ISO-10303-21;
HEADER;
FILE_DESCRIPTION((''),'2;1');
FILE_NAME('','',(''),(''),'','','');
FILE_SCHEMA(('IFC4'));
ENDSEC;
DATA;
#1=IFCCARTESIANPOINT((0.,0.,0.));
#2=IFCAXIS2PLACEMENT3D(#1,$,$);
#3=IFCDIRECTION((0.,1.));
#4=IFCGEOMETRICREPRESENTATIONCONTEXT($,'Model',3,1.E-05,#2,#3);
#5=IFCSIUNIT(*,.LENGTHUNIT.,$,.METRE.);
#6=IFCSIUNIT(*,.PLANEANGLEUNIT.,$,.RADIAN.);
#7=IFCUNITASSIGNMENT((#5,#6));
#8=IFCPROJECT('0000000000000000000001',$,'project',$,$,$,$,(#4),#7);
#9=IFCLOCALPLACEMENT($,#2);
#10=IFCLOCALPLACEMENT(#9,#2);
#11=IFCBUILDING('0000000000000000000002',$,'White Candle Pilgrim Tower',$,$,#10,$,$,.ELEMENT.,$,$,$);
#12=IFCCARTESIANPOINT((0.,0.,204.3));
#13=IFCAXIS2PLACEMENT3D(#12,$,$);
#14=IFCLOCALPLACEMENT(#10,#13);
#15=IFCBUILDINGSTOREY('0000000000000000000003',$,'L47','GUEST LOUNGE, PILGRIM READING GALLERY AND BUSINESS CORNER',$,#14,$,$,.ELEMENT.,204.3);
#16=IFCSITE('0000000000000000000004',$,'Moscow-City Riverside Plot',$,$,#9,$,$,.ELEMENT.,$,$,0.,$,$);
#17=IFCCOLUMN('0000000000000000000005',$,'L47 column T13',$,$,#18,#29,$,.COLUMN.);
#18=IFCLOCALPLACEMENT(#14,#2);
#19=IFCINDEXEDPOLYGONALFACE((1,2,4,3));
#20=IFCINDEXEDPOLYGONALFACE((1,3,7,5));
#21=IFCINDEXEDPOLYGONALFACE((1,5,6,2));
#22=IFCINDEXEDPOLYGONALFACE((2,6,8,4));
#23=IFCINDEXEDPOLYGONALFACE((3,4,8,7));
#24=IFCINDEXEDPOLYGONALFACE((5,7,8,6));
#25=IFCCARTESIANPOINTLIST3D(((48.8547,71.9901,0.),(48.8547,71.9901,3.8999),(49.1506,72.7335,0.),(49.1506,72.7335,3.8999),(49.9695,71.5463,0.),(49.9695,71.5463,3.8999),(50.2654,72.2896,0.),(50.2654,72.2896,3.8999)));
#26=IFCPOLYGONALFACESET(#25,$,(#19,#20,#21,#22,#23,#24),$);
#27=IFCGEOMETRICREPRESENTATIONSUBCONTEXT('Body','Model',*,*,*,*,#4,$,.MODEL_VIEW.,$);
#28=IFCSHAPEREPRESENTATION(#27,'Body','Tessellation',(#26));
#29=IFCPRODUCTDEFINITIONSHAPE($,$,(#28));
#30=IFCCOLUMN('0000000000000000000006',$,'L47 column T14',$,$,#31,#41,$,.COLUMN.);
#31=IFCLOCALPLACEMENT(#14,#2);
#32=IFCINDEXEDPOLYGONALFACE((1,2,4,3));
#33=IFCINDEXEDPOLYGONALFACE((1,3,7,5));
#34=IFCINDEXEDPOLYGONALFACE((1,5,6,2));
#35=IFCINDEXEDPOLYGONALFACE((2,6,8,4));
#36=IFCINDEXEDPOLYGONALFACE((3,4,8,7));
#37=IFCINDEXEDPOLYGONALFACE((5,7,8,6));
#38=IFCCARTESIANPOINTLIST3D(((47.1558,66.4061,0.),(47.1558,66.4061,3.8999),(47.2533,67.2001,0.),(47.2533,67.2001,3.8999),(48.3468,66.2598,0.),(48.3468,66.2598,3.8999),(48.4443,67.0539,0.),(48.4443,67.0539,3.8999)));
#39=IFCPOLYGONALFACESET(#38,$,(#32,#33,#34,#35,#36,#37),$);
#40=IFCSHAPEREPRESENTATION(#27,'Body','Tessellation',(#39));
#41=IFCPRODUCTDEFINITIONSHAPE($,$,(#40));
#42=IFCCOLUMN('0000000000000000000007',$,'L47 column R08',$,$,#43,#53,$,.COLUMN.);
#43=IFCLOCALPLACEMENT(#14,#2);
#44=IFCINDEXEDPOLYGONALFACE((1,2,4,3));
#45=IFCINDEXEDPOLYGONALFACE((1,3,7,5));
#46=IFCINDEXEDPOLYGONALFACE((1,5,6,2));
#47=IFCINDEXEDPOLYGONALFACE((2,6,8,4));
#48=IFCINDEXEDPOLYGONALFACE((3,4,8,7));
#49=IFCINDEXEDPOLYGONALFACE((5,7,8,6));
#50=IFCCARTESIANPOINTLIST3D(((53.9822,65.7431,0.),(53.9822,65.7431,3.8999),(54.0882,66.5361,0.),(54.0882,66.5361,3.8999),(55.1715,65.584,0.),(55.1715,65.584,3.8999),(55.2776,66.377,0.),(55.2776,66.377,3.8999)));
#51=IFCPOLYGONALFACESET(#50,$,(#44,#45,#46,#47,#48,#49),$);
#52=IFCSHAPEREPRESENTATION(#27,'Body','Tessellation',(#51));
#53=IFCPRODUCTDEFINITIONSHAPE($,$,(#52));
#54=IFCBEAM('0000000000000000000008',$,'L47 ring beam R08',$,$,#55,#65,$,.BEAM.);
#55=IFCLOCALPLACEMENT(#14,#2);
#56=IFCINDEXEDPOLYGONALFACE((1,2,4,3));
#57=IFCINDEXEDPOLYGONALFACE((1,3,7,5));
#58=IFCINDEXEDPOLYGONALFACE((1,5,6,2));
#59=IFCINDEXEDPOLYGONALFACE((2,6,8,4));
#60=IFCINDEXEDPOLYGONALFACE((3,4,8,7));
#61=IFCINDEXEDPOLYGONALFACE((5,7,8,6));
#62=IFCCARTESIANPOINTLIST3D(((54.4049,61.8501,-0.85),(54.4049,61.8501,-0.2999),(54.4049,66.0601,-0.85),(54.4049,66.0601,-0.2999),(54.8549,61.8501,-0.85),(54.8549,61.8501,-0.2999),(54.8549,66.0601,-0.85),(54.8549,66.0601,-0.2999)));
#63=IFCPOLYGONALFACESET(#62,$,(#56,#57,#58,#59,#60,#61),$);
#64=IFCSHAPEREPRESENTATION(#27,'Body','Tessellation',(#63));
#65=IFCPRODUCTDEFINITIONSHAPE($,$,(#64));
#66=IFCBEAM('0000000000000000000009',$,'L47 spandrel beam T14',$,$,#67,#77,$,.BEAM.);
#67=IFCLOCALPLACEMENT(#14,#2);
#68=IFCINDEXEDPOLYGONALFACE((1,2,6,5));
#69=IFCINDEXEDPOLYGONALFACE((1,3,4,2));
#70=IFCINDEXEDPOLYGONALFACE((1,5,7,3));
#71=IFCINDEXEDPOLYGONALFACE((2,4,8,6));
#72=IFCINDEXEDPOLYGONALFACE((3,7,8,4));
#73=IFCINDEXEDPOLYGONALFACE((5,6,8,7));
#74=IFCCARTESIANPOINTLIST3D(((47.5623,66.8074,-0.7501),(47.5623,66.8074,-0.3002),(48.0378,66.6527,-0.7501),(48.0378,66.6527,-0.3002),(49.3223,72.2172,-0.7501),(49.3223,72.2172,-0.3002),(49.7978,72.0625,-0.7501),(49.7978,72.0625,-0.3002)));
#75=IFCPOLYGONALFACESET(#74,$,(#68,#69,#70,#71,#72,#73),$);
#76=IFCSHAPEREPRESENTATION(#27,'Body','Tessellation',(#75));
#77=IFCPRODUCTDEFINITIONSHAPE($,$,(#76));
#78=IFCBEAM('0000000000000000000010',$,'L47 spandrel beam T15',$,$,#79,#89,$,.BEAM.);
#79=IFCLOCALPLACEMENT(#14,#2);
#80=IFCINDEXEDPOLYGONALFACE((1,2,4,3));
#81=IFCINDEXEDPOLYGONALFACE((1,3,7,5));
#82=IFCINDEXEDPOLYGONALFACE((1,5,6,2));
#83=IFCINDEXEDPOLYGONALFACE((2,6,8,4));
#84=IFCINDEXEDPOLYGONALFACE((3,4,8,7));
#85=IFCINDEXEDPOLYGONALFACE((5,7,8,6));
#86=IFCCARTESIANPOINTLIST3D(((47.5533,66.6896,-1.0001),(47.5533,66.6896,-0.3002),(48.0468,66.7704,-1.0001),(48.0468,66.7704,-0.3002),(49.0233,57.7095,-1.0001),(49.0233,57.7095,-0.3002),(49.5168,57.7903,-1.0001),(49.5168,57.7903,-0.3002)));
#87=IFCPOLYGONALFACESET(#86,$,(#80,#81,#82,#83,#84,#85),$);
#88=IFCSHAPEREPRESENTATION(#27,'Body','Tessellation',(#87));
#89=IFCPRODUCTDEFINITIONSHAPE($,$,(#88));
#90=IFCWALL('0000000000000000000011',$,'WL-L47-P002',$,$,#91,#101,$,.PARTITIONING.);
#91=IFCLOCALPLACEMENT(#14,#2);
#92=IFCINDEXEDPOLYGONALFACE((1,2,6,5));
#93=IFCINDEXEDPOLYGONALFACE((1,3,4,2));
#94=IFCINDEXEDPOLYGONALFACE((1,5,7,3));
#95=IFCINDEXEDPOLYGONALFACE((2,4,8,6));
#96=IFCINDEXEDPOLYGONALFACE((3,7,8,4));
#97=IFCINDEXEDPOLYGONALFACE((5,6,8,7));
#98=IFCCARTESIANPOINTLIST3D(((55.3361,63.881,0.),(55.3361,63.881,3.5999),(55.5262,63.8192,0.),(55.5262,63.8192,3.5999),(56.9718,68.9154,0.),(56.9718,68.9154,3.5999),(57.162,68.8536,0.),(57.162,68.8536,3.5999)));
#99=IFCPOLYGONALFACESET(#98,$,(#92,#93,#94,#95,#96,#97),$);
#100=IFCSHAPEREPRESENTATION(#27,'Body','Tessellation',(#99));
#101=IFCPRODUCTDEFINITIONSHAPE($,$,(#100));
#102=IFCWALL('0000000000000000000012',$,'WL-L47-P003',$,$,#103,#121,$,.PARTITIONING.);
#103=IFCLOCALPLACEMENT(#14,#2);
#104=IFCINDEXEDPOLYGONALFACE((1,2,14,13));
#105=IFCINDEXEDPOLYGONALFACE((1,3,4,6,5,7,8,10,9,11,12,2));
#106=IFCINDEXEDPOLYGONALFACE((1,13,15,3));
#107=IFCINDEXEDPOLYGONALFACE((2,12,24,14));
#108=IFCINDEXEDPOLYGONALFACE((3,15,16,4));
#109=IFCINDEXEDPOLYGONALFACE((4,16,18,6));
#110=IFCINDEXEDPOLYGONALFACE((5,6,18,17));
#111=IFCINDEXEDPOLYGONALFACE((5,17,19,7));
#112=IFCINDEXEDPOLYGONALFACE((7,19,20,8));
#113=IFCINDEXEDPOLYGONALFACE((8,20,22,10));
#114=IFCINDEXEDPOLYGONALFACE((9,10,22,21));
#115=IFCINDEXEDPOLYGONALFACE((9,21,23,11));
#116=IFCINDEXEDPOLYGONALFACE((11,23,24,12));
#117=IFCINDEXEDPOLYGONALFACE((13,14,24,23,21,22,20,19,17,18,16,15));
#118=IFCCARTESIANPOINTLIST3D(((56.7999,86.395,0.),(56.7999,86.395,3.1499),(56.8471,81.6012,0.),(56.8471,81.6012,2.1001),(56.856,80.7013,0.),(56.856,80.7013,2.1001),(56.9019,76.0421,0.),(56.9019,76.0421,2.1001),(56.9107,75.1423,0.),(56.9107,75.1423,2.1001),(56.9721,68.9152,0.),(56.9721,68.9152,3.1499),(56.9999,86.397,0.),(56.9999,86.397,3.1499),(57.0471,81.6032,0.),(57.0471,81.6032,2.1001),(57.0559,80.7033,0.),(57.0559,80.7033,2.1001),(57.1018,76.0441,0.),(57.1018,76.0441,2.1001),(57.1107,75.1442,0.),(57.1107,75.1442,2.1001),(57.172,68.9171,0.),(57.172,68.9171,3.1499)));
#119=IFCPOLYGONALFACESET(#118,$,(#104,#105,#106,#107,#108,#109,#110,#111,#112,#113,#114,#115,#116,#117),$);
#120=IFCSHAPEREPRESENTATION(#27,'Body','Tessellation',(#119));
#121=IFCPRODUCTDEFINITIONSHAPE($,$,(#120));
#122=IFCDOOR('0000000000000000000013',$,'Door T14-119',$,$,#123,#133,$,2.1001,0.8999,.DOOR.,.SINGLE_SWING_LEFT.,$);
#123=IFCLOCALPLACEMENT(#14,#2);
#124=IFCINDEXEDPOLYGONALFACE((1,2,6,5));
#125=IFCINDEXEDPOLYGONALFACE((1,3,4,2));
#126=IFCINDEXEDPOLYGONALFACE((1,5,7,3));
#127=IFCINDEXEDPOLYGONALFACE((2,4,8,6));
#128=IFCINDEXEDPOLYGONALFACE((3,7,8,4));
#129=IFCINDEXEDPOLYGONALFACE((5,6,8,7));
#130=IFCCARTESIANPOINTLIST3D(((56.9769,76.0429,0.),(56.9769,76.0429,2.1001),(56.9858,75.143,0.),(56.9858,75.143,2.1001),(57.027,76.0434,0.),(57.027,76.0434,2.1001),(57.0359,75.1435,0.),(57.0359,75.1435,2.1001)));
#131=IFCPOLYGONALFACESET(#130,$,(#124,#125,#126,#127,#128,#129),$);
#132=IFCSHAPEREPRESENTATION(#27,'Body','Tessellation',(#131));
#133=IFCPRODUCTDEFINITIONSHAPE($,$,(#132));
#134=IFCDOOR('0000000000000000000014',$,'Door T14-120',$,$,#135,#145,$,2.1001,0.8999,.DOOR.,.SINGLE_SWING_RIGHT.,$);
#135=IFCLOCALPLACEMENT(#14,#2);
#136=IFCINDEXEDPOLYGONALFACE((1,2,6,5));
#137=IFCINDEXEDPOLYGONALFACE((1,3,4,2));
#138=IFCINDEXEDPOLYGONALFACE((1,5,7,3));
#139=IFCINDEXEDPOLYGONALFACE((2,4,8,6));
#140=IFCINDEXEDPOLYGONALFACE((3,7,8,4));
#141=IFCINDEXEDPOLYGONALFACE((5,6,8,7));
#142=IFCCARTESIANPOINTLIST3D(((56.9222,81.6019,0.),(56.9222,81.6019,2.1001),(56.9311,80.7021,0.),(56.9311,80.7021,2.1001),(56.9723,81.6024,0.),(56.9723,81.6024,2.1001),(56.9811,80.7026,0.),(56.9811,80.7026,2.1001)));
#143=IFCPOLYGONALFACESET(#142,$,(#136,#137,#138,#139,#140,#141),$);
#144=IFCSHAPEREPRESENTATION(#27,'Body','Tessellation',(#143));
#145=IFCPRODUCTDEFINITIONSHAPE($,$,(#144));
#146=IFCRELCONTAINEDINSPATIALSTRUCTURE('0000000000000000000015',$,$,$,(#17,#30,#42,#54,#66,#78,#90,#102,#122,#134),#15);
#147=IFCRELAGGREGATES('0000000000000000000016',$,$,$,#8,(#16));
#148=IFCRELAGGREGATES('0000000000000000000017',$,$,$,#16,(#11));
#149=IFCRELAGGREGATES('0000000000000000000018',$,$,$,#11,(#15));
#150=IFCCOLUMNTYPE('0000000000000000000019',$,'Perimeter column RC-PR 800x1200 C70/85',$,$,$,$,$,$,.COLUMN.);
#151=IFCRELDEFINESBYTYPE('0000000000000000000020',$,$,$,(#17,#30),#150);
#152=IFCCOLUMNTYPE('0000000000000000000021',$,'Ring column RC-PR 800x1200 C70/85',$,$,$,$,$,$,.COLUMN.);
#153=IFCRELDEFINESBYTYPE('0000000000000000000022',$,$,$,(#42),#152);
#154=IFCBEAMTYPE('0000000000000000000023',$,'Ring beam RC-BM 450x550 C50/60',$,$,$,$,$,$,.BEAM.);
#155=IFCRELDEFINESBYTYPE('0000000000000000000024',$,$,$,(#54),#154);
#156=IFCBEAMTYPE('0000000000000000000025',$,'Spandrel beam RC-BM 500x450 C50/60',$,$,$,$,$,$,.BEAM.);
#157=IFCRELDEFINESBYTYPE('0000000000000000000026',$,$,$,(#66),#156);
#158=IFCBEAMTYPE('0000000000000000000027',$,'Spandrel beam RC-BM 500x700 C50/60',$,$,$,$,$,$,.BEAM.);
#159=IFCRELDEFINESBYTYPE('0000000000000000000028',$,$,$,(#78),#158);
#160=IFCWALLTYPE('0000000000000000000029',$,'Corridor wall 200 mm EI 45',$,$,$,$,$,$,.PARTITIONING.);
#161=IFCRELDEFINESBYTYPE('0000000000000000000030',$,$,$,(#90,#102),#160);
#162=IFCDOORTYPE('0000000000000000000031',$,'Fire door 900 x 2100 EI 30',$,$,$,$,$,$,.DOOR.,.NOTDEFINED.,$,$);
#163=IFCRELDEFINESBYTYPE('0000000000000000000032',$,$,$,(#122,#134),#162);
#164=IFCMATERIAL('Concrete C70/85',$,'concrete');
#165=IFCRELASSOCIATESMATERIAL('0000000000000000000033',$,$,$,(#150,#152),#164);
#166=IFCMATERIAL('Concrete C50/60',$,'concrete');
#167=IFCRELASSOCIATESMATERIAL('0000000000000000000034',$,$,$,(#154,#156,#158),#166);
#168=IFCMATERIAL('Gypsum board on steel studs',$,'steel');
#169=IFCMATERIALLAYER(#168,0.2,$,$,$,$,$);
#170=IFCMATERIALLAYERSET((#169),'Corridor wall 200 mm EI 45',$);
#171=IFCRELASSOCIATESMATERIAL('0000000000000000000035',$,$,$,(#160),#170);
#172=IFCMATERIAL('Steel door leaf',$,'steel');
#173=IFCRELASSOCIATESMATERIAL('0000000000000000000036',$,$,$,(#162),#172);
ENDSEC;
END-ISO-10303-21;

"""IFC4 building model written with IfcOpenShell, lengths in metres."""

from ifc_helpers import new_model, si_unit, direction, frame, frame_2d, origin, origin_2d, place, context, subcontext, project, spatial, rectangle, extrude, material, layer, layer_set, material_profile, profile_set, type_object, element, fill, save


model = new_model("IFC4")

# Units and contexts
model_context = context("Model", 3, precision=1e-05, world=origin(), true_north=direction((0.0, 1.0)))
body_context = subcontext(model_context, "Body", "Model", "MODEL_VIEW")
ifc_project = project(units=[si_unit("LENGTHUNIT", "METRE"), si_unit("PLANEANGLEUNIT", "RADIAN")], contexts=[model_context])

# Site, building, storey
site_placement = place(None, origin())
site = spatial("IfcSite", under=ifc_project, at=site_placement, Name="Moscow-City Riverside Plot", CompositionType="ELEMENT", RefElevation=0.0)
building_placement = place(site_placement, origin())
building = spatial("IfcBuilding", under=site, at=building_placement, Name="White Candle Pilgrim Tower", CompositionType="ELEMENT")
storey_placement = place(building_placement, frame((0.0, 0.0, 204.3)))
storey = spatial("IfcBuildingStorey", under=building, at=storey_placement, Name="L47", Description="GUEST LOUNGE, PILGRIM READING GALLERY AND BUSINESS CORNER", CompositionType="ELEMENT", Elevation=204.3)

# Columns
ifc_material_1 = material(Name="Concrete C70/85", Category="concrete")
ifc_material_profile_1 = material_profile(ifc_material_1, rectangle(XDim=0.8, YDim=1.2, at=origin_2d()), Name="RC-PR 800x1200")
ifc_profile_set_1 = profile_set([ifc_material_profile_1], Name="Concrete C70/85")
column_type_1 = type_object("IfcColumnType", Name="Perimeter column RC-PR 800x1200 C70/85", PredefinedType="COLUMN", material=ifc_profile_set_1)
for number, where, z_axis, x_axis, name in (
    (1, (49.5601, 72.1399, 0.0), (0.0, 0.0, 1.0), (0.36986, 0.929087, 0.0), "L47 column T13"),
    (2, (47.8, 66.73, 0.0), (0.0, 0.0, 1.0), (0.121869, 0.992546, 0.0), "L47 column T14"),
):
    element("IfcColumn", number, at=place(storey_placement, frame(where, z_axis=z_axis, x_axis=x_axis)), inside=storey, type_object=column_type_1, Name=name, PredefinedType="COLUMN", context=body_context, shape_type="SweptSolid", body=[
        extrude(rectangle(XDim=0.8, YDim=1.2, at=origin_2d()), origin(), (0.0, 0.0, 1.0), 3.8999),
    ])
ifc_material_profile_2 = material_profile(ifc_material_1, rectangle(XDim=0.8, YDim=1.2, at=origin_2d()), Name="RC-PR 800x1200")
ifc_profile_set_2 = profile_set([ifc_material_profile_2], Name="Concrete C70/85")
column_type_2 = type_object("IfcColumnType", Name="Ring column RC-PR 800x1200 C70/85", PredefinedType="COLUMN", material=ifc_profile_set_2)
column_placement = place(storey_placement, frame((54.6299, 66.0601, 0.0), z_axis=(0.0, 0.0, 1.0), x_axis=(0.132602, 0.991169, 0.0)))
element("IfcColumn", 3, at=column_placement, inside=storey, type_object=column_type_2, Name="L47 column R08", PredefinedType="COLUMN", context=body_context, shape_type="SweptSolid", body=[
    extrude(rectangle(XDim=0.8, YDim=1.2, at=origin_2d()), origin(), (0.0, 0.0, 1.0), 3.8999),
])

# Beams
ifc_material_2 = material(Name="Concrete C50/60", Category="concrete")
ifc_material_profile_3 = material_profile(ifc_material_2, rectangle(XDim=0.45, YDim=0.55, at=origin_2d()), Name="RC-BM 450x550")
ifc_profile_set_3 = profile_set([ifc_material_profile_3], Name="Concrete C50/60")
beam_type_1 = type_object("IfcBeamType", Name="Ring beam RC-BM 450x550 C50/60", PredefinedType="BEAM", material=ifc_profile_set_3)
beam_1_placement = place(storey_placement, frame((54.6299, 66.0601, -0.575), z_axis=(0.0, -1.0, 0.0), x_axis=(1.0, 0.0, 0.0)))
element("IfcBeam", 4, at=beam_1_placement, inside=storey, type_object=beam_type_1, Name="L47 ring beam R08", PredefinedType="BEAM", context=body_context, shape_type="SweptSolid", body=[
    extrude(rectangle(XDim=0.45, YDim=0.55, at=origin_2d()), origin(), (0.0, 0.0, 1.0), 4.21),
])
ifc_material_profile_4 = material_profile(ifc_material_2, rectangle(XDim=0.5, YDim=0.45, at=origin_2d()), Name="RC-BM 500x450")
ifc_profile_set_4 = profile_set([ifc_material_profile_4], Name="Concrete C50/60")
beam_type_2 = type_object("IfcBeamType", Name="Spandrel beam RC-BM 500x450 C50/60", PredefinedType="BEAM", material=ifc_profile_set_4)
beam_2_placement = place(storey_placement, frame((49.5601, 72.1399, -0.5251), z_axis=(-0.30937, -0.950942, 0.0), x_axis=(0.950942, -0.30937, 0.0)))
element("IfcBeam", 5, at=beam_2_placement, inside=storey, type_object=beam_type_2, Name="L47 spandrel beam T14", PredefinedType="BEAM", context=body_context, shape_type="SweptSolid", body=[
    extrude(rectangle(XDim=0.5, YDim=0.45, at=origin_2d()), origin(), (0.0, 0.0, 1.0), 5.689),
])
ifc_material_profile_5 = material_profile(ifc_material_2, rectangle(XDim=0.5, YDim=0.7, at=origin_2d()), Name="RC-BM 500x700")
ifc_profile_set_5 = profile_set([ifc_material_profile_5], Name="Concrete C50/60")
beam_type_3 = type_object("IfcBeamType", Name="Spandrel beam RC-BM 500x700 C50/60", PredefinedType="BEAM", material=ifc_profile_set_5)
beam_3_placement = place(storey_placement, frame((47.8, 66.73, -0.6501), z_axis=(0.161544, -0.986865, 0.0), x_axis=(0.986865, 0.161544, 0.0)))
element("IfcBeam", 6, at=beam_3_placement, inside=storey, type_object=beam_type_3, Name="L47 spandrel beam T15", PredefinedType="BEAM", context=body_context, shape_type="SweptSolid", body=[
    extrude(rectangle(XDim=0.5, YDim=0.7, at=origin_2d()), origin(), (0.0, 0.0, 1.0), 9.0996),
])

# Wall
ifc_material_3 = material(Name="Gypsum board on steel studs", Category="steel")
ifc_layer_1 = layer(ifc_material_3, 0.2)
ifc_layer_set_1 = layer_set([ifc_layer_1], Name="Corridor wall 200 mm EI 45")
wall_type_1 = type_object("IfcWallType", Name="Corridor wall 200 mm EI 45", PredefinedType="PARTITIONING", material=ifc_layer_set_1)
wall_1_placement = place(storey_placement, frame((55.4312, 63.8501, 0.0), z_axis=(0.0, 0.0, 1.0), x_axis=(0.30901, 0.951059, 0.0)))
element("IfcWall", 7, at=wall_1_placement, inside=storey, type_object=wall_type_1, Name="WL-L47-P002", PredefinedType="PARTITIONING", context=body_context, shape_type="SweptSolid", body=[
    extrude(rectangle(XDim=5.2935, YDim=0.2, at=frame_2d((2.6467, 0.0))), origin(), (0.0, 0.0, 1.0), 3.5999),
])

# Wall, openings, doors
wall_2_placement = place(storey_placement, frame((57.072, 68.9163, 0.0), z_axis=(0.0, 0.0, 1.0), x_axis=(-0.009846, 0.999952, 0.0)))
wall_2 = element("IfcWall", 8, at=wall_2_placement, inside=storey, type_object=wall_type_1, Name="WL-L47-P003", PredefinedType="PARTITIONING", context=body_context, shape_type="SweptSolid", body=[
    extrude(rectangle(XDim=17.4807, YDim=0.2, at=frame_2d((8.7402, 0.0))), origin(), (0.0, 0.0, 1.0), 3.1499),
])
opening_1_placement = place(wall_2_placement, frame((6.2273, 0.0, 0.0)))
opening_1 = element("IfcOpeningElement", 9, at=opening_1_placement, cuts=wall_2, PredefinedType="OPENING", context=body_context, shape_type="SweptSolid", body=[
    extrude(rectangle(XDim=0.8999, YDim=2.1001, at=frame_2d((0.45, 1.05))), frame((0.0, 0.1099, 0.0), z_axis=(0.0, -1.0, 0.0), x_axis=(1.0, 0.0, 0.0)), (0.0, 0.0, 1.0), 0.22),
])
opening_2_placement = place(wall_2_placement, frame((11.7866, 0.0, 0.0)))
opening_2 = element("IfcOpeningElement", 10, at=opening_2_placement, cuts=wall_2, PredefinedType="OPENING", context=body_context, shape_type="SweptSolid", body=[
    extrude(rectangle(XDim=0.8999, YDim=2.1001, at=frame_2d((0.45, 1.05))), frame((0.0, 0.1099, 0.0), z_axis=(0.0, -1.0, 0.0), x_axis=(1.0, 0.0, 0.0)), (0.0, 0.0, 1.0), 0.22),
])
ifc_material_4 = material(Name="Steel door leaf", Category="steel")
door_type_1 = type_object("IfcDoorType", Name="Fire door 900 x 2100 EI 30", OperationType="NOTDEFINED", PredefinedType="DOOR", material=ifc_material_4)
door_1_placement = place(opening_1_placement, origin())
door_1 = element("IfcDoor", 11, at=door_1_placement, inside=storey, type_object=door_type_1, Name="Door T14-119", OperationType="SINGLE_SWING_LEFT", OverallHeight=2.1001, OverallWidth=0.8999, PredefinedType="DOOR", context=body_context, shape_type="SweptSolid", body=[
    extrude(rectangle(XDim=0.8999, YDim=2.1001, at=frame_2d((0.45, 1.05))), frame((0.0, 0.0249, 0.0), z_axis=(0.0, -1.0, 0.0), x_axis=(1.0, 0.0, 0.0)), (0.0, 0.0, 1.0), 0.05),
])
fill(opening_1, door_1)
door_2_placement = place(opening_2_placement, origin())
door_2 = element("IfcDoor", 12, at=door_2_placement, inside=storey, type_object=door_type_1, Name="Door T14-120", OperationType="SINGLE_SWING_RIGHT", OverallHeight=2.1001, OverallWidth=0.8999, PredefinedType="DOOR", context=body_context, shape_type="SweptSolid", body=[
    extrude(rectangle(XDim=0.8999, YDim=2.1001, at=frame_2d((0.45, 1.05))), frame((0.0, 0.0249, 0.0), z_axis=(0.0, -1.0, 0.0), x_axis=(1.0, 0.0, 0.0)), (0.0, 0.0, 1.0), 0.05),
])
fill(opening_2, door_2)

save(model, "model.ifc")
